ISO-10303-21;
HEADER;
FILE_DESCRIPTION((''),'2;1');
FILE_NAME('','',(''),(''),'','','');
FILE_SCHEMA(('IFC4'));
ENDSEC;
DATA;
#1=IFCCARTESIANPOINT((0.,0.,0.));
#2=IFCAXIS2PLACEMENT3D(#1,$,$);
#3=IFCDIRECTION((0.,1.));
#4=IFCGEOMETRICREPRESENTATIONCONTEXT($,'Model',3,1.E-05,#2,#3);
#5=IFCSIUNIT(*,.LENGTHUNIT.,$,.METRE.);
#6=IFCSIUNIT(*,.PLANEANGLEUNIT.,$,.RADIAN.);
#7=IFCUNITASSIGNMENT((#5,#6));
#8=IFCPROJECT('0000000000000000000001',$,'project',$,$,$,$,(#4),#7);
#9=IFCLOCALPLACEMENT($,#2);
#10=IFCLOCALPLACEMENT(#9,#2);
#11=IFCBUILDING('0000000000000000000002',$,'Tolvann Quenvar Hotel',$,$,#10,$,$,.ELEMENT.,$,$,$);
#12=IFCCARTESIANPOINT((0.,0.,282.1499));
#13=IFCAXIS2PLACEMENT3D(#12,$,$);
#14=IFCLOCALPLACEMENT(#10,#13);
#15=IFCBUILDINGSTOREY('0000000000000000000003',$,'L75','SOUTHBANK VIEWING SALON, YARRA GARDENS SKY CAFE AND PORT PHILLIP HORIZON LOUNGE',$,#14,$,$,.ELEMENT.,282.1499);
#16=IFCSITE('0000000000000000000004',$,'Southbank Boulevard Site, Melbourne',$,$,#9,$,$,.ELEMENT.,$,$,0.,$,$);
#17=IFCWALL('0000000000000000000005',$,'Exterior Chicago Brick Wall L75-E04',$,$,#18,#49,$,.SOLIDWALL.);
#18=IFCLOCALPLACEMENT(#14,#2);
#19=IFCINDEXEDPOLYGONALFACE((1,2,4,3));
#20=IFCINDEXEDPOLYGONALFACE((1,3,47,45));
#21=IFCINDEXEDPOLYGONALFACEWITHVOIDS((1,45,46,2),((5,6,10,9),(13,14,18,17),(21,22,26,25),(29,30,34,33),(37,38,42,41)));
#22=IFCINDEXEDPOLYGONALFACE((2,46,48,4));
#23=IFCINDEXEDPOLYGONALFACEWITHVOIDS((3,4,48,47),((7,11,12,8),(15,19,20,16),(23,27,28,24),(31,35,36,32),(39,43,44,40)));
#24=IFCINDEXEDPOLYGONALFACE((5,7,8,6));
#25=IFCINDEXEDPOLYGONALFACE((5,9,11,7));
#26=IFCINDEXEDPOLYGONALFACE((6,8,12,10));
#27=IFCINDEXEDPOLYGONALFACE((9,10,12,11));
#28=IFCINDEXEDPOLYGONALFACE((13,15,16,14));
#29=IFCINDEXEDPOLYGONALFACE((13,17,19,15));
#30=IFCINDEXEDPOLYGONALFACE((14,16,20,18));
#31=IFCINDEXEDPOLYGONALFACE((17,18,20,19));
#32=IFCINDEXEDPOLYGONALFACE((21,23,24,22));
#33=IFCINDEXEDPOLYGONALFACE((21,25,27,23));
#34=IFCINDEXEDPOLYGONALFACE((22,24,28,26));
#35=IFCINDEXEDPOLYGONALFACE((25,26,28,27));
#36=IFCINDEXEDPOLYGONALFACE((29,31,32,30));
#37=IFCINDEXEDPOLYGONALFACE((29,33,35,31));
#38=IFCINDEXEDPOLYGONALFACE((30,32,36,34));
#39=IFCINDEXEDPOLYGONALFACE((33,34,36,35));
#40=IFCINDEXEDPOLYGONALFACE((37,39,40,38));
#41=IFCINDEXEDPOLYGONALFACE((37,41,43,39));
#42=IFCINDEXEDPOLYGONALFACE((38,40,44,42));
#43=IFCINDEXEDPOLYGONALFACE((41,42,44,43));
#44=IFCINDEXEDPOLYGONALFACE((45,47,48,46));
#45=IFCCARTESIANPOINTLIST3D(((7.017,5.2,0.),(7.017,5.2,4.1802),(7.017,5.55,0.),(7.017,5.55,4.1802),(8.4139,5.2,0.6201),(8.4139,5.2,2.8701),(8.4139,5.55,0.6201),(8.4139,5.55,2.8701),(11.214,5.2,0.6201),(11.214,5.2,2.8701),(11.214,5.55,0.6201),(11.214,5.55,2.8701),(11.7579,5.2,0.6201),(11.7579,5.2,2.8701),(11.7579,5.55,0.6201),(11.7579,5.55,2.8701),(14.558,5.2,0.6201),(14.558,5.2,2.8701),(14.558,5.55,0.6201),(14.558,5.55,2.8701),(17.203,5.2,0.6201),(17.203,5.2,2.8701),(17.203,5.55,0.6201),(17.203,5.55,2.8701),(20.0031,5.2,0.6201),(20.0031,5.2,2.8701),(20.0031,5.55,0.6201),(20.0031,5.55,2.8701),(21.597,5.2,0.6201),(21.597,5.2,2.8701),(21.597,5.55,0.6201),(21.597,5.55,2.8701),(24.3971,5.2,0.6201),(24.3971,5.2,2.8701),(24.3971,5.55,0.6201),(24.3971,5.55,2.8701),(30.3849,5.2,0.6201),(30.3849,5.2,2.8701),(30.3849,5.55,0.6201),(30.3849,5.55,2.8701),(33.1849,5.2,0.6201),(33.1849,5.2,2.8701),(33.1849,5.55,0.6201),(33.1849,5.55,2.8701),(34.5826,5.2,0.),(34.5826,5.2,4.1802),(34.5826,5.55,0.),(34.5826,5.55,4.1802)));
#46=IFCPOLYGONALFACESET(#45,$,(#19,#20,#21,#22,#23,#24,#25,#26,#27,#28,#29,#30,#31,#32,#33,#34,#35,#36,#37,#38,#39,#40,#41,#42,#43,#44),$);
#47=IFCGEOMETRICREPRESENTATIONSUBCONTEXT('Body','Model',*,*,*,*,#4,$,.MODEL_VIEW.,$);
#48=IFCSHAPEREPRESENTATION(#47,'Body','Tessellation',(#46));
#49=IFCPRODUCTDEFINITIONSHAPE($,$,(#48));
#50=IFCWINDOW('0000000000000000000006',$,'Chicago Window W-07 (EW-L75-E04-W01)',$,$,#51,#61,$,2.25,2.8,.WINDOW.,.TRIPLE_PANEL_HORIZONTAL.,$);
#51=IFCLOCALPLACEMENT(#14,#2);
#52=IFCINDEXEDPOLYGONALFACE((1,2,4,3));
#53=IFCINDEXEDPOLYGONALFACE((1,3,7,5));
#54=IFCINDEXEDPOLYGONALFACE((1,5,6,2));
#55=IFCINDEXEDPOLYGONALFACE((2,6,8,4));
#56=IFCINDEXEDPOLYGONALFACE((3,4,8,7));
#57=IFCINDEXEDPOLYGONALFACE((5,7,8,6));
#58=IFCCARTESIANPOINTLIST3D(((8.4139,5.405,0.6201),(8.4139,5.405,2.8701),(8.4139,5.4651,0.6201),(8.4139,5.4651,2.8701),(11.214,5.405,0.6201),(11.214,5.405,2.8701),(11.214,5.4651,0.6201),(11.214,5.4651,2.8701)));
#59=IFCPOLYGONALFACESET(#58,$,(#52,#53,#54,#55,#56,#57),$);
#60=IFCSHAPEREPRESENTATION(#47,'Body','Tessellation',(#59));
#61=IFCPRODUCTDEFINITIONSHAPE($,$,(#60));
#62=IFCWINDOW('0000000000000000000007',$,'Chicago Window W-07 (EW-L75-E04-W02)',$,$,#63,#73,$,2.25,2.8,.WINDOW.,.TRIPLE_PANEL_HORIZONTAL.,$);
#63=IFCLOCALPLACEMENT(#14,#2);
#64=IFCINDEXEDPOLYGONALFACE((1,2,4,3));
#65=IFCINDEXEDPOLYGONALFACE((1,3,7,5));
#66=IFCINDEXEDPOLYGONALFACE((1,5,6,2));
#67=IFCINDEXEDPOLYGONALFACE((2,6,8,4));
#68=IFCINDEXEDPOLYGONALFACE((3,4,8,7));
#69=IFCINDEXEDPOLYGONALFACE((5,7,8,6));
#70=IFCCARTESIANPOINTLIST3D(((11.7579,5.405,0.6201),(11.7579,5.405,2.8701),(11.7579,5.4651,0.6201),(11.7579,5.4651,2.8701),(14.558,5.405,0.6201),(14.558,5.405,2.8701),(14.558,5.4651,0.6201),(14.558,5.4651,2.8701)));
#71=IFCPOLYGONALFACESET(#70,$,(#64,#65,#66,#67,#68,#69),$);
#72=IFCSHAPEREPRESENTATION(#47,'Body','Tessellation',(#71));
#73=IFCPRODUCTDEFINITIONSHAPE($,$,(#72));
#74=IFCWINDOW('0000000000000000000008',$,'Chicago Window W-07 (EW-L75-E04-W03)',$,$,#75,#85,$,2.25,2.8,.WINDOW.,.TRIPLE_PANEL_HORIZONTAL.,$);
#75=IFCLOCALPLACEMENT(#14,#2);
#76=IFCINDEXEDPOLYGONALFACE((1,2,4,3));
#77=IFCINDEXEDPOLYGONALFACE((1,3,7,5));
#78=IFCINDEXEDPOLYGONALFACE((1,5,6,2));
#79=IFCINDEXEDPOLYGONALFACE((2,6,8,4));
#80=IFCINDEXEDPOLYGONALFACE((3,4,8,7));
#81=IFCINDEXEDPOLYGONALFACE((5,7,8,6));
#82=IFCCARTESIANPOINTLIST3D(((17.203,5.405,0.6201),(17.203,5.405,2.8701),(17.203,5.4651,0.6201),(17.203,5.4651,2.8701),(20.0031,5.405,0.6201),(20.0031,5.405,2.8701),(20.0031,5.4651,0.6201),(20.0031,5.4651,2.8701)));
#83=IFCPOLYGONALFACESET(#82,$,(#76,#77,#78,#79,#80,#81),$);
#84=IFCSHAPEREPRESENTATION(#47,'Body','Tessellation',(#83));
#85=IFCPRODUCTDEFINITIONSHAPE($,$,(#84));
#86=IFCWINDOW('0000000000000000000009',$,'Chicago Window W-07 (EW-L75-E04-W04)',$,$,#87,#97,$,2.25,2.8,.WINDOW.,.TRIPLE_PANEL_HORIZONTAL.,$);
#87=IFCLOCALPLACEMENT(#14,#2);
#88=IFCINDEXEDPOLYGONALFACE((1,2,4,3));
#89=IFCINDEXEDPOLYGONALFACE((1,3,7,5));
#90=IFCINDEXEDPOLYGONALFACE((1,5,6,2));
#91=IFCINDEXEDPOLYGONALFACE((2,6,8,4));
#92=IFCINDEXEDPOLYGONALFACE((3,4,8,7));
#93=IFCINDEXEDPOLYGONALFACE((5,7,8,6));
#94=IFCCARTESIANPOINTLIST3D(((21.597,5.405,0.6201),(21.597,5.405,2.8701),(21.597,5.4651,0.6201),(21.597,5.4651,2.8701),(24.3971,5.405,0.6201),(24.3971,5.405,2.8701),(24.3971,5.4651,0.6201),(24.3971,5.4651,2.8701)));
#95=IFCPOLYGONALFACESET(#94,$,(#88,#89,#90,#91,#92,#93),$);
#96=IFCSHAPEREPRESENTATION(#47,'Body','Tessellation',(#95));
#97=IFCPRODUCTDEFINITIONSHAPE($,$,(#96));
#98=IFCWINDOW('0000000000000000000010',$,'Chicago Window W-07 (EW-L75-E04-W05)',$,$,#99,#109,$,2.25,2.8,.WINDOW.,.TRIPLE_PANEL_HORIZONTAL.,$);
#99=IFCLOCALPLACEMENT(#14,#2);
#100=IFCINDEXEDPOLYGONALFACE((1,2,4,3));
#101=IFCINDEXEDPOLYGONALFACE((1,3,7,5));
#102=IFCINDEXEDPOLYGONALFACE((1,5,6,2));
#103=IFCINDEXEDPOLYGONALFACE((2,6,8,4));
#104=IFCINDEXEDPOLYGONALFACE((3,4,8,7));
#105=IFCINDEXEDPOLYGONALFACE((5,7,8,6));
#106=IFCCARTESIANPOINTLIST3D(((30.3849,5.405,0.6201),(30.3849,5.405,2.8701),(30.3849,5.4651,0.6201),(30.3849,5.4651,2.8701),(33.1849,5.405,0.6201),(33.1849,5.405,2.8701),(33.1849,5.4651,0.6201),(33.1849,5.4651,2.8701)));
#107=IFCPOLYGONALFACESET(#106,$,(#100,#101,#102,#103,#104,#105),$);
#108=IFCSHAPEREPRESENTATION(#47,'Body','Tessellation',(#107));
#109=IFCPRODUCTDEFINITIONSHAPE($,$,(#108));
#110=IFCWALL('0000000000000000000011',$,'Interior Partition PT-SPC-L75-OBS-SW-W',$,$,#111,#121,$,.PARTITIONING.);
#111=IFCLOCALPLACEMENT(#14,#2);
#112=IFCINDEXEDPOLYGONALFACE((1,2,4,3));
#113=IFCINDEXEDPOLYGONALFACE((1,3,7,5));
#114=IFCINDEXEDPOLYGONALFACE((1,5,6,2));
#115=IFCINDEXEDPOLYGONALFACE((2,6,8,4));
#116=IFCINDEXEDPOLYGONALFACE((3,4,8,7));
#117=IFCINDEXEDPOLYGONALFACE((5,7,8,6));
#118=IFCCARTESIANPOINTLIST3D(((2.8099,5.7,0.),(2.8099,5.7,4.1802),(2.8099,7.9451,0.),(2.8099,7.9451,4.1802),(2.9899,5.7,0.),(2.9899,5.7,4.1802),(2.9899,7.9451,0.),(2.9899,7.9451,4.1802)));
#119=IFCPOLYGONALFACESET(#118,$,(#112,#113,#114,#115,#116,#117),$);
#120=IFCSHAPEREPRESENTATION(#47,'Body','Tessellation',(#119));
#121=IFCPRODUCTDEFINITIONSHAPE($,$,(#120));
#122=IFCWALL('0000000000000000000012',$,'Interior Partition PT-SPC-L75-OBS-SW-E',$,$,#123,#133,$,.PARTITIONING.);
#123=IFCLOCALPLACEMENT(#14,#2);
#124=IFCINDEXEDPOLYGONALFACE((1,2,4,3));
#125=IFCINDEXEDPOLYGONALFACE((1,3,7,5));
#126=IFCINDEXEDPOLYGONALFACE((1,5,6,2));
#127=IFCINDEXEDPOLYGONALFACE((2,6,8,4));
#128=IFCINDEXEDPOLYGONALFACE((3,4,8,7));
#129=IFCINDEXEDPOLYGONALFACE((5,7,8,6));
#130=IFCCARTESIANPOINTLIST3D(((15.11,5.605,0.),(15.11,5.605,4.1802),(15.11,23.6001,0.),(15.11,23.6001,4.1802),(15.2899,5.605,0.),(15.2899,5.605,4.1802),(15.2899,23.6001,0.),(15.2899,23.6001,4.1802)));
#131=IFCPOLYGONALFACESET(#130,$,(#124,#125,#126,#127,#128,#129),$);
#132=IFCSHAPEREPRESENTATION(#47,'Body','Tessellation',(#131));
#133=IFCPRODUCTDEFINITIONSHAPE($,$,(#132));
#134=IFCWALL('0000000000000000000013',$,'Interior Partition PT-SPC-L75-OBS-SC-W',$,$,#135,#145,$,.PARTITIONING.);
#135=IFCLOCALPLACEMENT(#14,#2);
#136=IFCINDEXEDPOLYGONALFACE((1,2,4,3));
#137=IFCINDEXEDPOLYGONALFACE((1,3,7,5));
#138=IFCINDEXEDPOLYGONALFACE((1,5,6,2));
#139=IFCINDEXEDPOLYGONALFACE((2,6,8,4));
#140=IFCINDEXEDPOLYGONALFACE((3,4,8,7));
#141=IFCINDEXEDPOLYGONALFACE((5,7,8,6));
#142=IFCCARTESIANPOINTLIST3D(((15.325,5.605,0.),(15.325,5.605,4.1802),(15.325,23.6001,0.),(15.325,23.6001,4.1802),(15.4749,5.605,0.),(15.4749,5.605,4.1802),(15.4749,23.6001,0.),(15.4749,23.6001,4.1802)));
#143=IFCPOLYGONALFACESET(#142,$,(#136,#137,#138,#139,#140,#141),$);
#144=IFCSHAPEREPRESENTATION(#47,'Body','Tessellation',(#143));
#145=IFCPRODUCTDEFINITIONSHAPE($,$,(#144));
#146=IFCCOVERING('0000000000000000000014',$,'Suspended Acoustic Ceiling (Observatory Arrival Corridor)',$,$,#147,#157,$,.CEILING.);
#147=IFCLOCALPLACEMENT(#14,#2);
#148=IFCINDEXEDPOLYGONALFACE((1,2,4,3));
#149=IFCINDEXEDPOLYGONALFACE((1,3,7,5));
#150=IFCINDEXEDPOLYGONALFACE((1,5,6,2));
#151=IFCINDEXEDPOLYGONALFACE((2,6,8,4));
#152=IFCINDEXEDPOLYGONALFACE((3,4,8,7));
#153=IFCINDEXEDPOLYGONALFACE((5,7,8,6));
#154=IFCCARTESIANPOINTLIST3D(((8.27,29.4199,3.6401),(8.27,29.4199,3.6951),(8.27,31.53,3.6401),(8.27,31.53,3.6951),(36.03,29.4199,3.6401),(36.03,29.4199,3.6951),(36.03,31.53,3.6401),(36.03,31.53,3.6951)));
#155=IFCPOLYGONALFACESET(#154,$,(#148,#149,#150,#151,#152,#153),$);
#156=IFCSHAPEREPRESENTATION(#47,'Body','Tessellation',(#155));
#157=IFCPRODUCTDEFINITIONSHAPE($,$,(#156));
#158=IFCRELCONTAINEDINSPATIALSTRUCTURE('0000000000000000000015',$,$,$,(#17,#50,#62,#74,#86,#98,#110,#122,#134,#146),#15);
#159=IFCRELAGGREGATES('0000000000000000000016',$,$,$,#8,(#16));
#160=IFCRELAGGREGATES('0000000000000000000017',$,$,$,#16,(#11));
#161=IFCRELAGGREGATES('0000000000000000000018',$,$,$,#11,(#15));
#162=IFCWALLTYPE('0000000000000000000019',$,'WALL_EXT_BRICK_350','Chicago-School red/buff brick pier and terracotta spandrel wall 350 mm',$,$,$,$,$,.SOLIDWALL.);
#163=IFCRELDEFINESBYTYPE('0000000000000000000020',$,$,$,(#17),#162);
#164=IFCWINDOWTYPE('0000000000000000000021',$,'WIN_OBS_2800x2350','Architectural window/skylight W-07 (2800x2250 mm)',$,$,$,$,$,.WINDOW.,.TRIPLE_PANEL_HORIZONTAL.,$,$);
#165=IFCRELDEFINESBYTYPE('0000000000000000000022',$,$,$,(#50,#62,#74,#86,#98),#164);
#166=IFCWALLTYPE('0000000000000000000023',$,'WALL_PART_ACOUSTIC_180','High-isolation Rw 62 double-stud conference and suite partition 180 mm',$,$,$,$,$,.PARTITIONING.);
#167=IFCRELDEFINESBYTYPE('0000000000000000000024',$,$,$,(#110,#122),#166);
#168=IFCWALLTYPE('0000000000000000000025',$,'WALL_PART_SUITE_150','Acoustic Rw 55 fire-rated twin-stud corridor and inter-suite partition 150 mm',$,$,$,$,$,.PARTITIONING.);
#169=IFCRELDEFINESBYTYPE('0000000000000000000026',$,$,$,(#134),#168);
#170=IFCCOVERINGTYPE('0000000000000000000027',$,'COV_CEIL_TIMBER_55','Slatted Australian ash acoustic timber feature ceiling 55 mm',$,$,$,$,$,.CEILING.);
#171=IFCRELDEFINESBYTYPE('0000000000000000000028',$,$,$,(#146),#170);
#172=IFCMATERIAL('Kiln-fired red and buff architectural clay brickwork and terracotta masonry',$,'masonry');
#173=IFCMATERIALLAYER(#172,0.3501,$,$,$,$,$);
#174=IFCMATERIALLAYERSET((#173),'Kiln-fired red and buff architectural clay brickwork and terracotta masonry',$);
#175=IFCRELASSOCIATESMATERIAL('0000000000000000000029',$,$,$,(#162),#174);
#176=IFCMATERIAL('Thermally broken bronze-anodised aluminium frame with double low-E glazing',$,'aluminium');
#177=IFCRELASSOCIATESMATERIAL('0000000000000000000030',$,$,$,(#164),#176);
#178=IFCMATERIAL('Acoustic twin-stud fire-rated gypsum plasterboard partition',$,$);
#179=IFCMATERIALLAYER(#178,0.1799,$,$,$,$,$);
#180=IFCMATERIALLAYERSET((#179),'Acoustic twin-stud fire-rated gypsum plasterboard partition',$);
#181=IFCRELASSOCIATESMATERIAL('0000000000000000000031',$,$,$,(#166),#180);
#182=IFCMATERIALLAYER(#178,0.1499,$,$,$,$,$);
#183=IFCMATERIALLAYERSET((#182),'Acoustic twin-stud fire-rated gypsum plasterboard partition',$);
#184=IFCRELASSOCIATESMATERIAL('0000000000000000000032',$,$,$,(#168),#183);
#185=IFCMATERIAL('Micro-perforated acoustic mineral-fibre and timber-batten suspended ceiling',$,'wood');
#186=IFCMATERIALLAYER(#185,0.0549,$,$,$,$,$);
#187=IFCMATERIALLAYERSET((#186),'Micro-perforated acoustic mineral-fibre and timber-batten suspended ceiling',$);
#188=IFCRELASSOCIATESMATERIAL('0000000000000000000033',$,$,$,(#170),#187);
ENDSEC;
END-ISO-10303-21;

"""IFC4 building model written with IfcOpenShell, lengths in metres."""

from ifc_helpers import new_model, si_unit, direction, frame, frame_2d, origin, place, context, subcontext, project, spatial, polyline, rectangle, outline, extrude, source, transform, mapped, material, layer, layer_set, type_object, type_shapes, element, fill, save


model = new_model("IFC4")

# Units and contexts
model_context = context("Model", 3, precision=1e-05, world=origin(), true_north=direction((0.0, 1.0)))
body_context = subcontext(model_context, "Body", "Model", "MODEL_VIEW")
ifc_project = project(units=[si_unit("LENGTHUNIT", "METRE"), si_unit("PLANEANGLEUNIT", "RADIAN")], contexts=[model_context])

# Site, building, storey
site_placement = place(None, origin())
site = spatial("IfcSite", under=ifc_project, at=site_placement, Name="Southbank Boulevard Site, Melbourne", CompositionType="ELEMENT", RefElevation=0.0)
building_placement = place(site_placement, origin())
building = spatial("IfcBuilding", under=site, at=building_placement, Name="Tolvann Quenvar Hotel", CompositionType="ELEMENT")
storey_placement = place(building_placement, frame((0.0, 0.0, 282.1499)))
storey = spatial("IfcBuildingStorey", under=building, at=storey_placement, Name="L75", Description="SOUTHBANK VIEWING SALON, YARRA GARDENS SKY CAFE AND PORT PHILLIP HORIZON LOUNGE", CompositionType="ELEMENT", Elevation=282.1499)

# Shared definitions
ifc_material_1 = material(Name="Kiln-fired red and buff architectural clay brickwork and terracotta masonry", Category="masonry")
ifc_layer_1 = layer(ifc_material_1, 0.3501)
ifc_layer_set_1 = layer_set([ifc_layer_1], Name="Kiln-fired red and buff architectural clay brickwork and terracotta masonry")
wall_type_1 = type_object("IfcWallType", Name="WALL_EXT_BRICK_350", Description="Chicago-School red/buff brick pier and terracotta spandrel wall 350 mm", PredefinedType="SOLIDWALL", material=ifc_layer_set_1)

# Wall, openings, windows
wall_1_placement = place(storey_placement, frame((7.0171, 5.375, 0.0), z_axis=(0.0, 0.0, 1.0), x_axis=(1.0, 0.0, 0.0)))
wall_1 = element("IfcWall", 1, at=wall_1_placement, inside=storey, type_object=wall_type_1, Name="Exterior Chicago Brick Wall L75-E04", PredefinedType="SOLIDWALL", context=body_context, shape_type="SweptSolid", body=[
    extrude(rectangle(XDim=27.5657, YDim=0.3501, at=frame_2d((13.7827, 0.0))), origin(), (0.0, 0.0, 1.0), 4.1802),
])
opening_1_placement = place(wall_1_placement, frame((1.397, 0.0, 0.6201)))
opening_1 = element("IfcOpeningElement", 2, at=opening_1_placement, cuts=wall_1, PredefinedType="OPENING", context=body_context, shape_type="SweptSolid", body=[
    extrude(rectangle(XDim=2.8, YDim=2.25, at=frame_2d((1.3999, 1.125))), frame((0.0, 0.1851, 0.0), z_axis=(0.0, -1.0, 0.0), x_axis=(1.0, 0.0, 0.0)), (0.0, 0.0, 1.0), 0.3701),
])
opening_2_placement = place(wall_1_placement, frame((4.741, 0.0, 0.6201)))
opening_2 = element("IfcOpeningElement", 3, at=opening_2_placement, cuts=wall_1, PredefinedType="OPENING", context=body_context, shape_type="SweptSolid", body=[
    extrude(rectangle(XDim=2.8, YDim=2.25, at=frame_2d((1.3999, 1.125))), frame((0.0, 0.1851, 0.0), z_axis=(0.0, -1.0, 0.0), x_axis=(1.0, 0.0, 0.0)), (0.0, 0.0, 1.0), 0.3701),
])
opening_3_placement = place(wall_1_placement, frame((10.186, 0.0, 0.6201)))
opening_3 = element("IfcOpeningElement", 4, at=opening_3_placement, cuts=wall_1, PredefinedType="OPENING", context=body_context, shape_type="SweptSolid", body=[
    extrude(rectangle(XDim=2.8, YDim=2.25, at=frame_2d((1.3999, 1.125))), frame((0.0, 0.1851, 0.0), z_axis=(0.0, -1.0, 0.0), x_axis=(1.0, 0.0, 0.0)), (0.0, 0.0, 1.0), 0.3701),
])
opening_4_placement = place(wall_1_placement, frame((14.5801, 0.0, 0.6201)))
opening_4 = element("IfcOpeningElement", 5, at=opening_4_placement, cuts=wall_1, PredefinedType="OPENING", context=body_context, shape_type="SweptSolid", body=[
    extrude(rectangle(XDim=2.8, YDim=2.25, at=frame_2d((1.3999, 1.125))), frame((0.0, 0.1851, 0.0), z_axis=(0.0, -1.0, 0.0), x_axis=(1.0, 0.0, 0.0)), (0.0, 0.0, 1.0), 0.3701),
])
opening_5_placement = place(wall_1_placement, frame((23.3679, 0.0, 0.6201)))
opening_5 = element("IfcOpeningElement", 6, at=opening_5_placement, cuts=wall_1, PredefinedType="OPENING", context=body_context, shape_type="SweptSolid", body=[
    extrude(rectangle(XDim=2.8, YDim=2.25, at=frame_2d((1.3999, 1.125))), frame((0.0, 0.1851, 0.0), z_axis=(0.0, -1.0, 0.0), x_axis=(1.0, 0.0, 0.0)), (0.0, 0.0, 1.0), 0.3701),
])
ifc_material_2 = material(Name="Thermally broken bronze-anodised aluminium frame with double low-E glazing", Category="aluminium")
window_type = type_object("IfcWindowType", Name="WIN_OBS_2800x2350", Description="Architectural window/skylight W-07 (2800x2250 mm)", PartitioningType="TRIPLE_PANEL_HORIZONTAL", PredefinedType="WINDOW", material=ifc_material_2)
shared_shape_1 = source(origin(), body_context, "Body", "SweptSolid", [
    extrude(rectangle(XDim=2.8, YDim=2.25, at=frame_2d((1.3999, 1.125))), frame((0.0, 0.0901, 0.0), z_axis=(0.0, -1.0, 0.0), x_axis=(1.0, 0.0, 0.0)), (0.0, 0.0, 1.0), 0.0601),
])
type_shapes(window_type, [shared_shape_1])
window_1_placement = place(opening_1_placement, origin())
window_1 = element("IfcWindow", 7, at=window_1_placement, inside=storey, type_object=window_type, Name="Chicago Window W-07 (EW-L75-E04-W01)", OverallHeight=2.25, OverallWidth=2.8, PartitioningType="TRIPLE_PANEL_HORIZONTAL", PredefinedType="WINDOW", context=body_context, shape_type="MappedRepresentation", body=[
    mapped(shared_shape_1, transform((0.0, 0.0, 0.0), x_axis=(1.0, 0.0, 0.0), y_axis=(0.0, 1.0, 0.0), z_axis=(0.0, 0.0, 1.0), scale=1.0)),
])
fill(opening_1, window_1)
window_2_placement = place(opening_2_placement, origin())
window_2 = element("IfcWindow", 8, at=window_2_placement, inside=storey, type_object=window_type, Name="Chicago Window W-07 (EW-L75-E04-W02)", OverallHeight=2.25, OverallWidth=2.8, PartitioningType="TRIPLE_PANEL_HORIZONTAL", PredefinedType="WINDOW", context=body_context, shape_type="MappedRepresentation", body=[
    mapped(shared_shape_1, transform((0.0, 0.0, 0.0), x_axis=(1.0, 0.0, 0.0), y_axis=(0.0, 1.0, 0.0), z_axis=(0.0, 0.0, 1.0), scale=1.0)),
])
fill(opening_2, window_2)
window_3_placement = place(opening_3_placement, origin())
window_3 = element("IfcWindow", 9, at=window_3_placement, inside=storey, type_object=window_type, Name="Chicago Window W-07 (EW-L75-E04-W03)", OverallHeight=2.25, OverallWidth=2.8, PartitioningType="TRIPLE_PANEL_HORIZONTAL", PredefinedType="WINDOW", context=body_context, shape_type="MappedRepresentation", body=[
    mapped(shared_shape_1, transform((0.0, 0.0, 0.0), x_axis=(1.0, 0.0, 0.0), y_axis=(0.0, 1.0, 0.0), z_axis=(0.0, 0.0, 1.0), scale=1.0)),
])
fill(opening_3, window_3)
window_4_placement = place(opening_4_placement, origin())
window_4 = element("IfcWindow", 10, at=window_4_placement, inside=storey, type_object=window_type, Name="Chicago Window W-07 (EW-L75-E04-W04)", OverallHeight=2.25, OverallWidth=2.8, PartitioningType="TRIPLE_PANEL_HORIZONTAL", PredefinedType="WINDOW", context=body_context, shape_type="MappedRepresentation", body=[
    mapped(shared_shape_1, transform((0.0, 0.0, 0.0), x_axis=(1.0, 0.0, 0.0), y_axis=(0.0, 1.0, 0.0), z_axis=(0.0, 0.0, 1.0), scale=1.0)),
])
fill(opening_4, window_4)
window_5_placement = place(opening_5_placement, origin())
window_5 = element("IfcWindow", 11, at=window_5_placement, inside=storey, type_object=window_type, Name="Chicago Window W-07 (EW-L75-E04-W05)", OverallHeight=2.25, OverallWidth=2.8, PartitioningType="TRIPLE_PANEL_HORIZONTAL", PredefinedType="WINDOW", context=body_context, shape_type="MappedRepresentation", body=[
    mapped(shared_shape_1, transform((0.0, 0.0, 0.0), x_axis=(1.0, 0.0, 0.0), y_axis=(0.0, 1.0, 0.0), z_axis=(0.0, 0.0, 1.0), scale=1.0)),
])
fill(opening_5, window_5)

# Walls
ifc_material_3 = material(Name="Acoustic twin-stud fire-rated gypsum plasterboard partition")
ifc_layer_2 = layer(ifc_material_3, 0.1799)
ifc_layer_set_2 = layer_set([ifc_layer_2], Name="Acoustic twin-stud fire-rated gypsum plasterboard partition")
wall_type_2 = type_object("IfcWallType", Name="WALL_PART_ACOUSTIC_180", Description="High-isolation Rw 62 double-stud conference and suite partition 180 mm", PredefinedType="PARTITIONING", material=ifc_layer_set_2)
wall_2_placement = place(storey_placement, frame((2.8999, 5.7, 0.0), z_axis=(0.0, 0.0, 1.0), x_axis=(0.0, 1.0, 0.0)))
element("IfcWall", 12, at=wall_2_placement, inside=storey, type_object=wall_type_2, Name="Interior Partition PT-SPC-L75-OBS-SW-W", PredefinedType="PARTITIONING", context=body_context, shape_type="SweptSolid", body=[
    extrude(rectangle(XDim=2.2451, YDim=0.1799, at=frame_2d((1.1226, 0.0))), origin(), (0.0, 0.0, 1.0), 4.1802),
])
wall_3_placement = place(storey_placement, frame((15.2, 5.605, 0.0), z_axis=(0.0, 0.0, 1.0), x_axis=(0.0, 1.0, 0.0)))
element("IfcWall", 13, at=wall_3_placement, inside=storey, type_object=wall_type_2, Name="Interior Partition PT-SPC-L75-OBS-SW-E", PredefinedType="PARTITIONING", context=body_context, shape_type="SweptSolid", body=[
    extrude(rectangle(XDim=17.9951, YDim=0.1799, at=frame_2d((8.9976, 0.0))), origin(), (0.0, 0.0, 1.0), 4.1802),
])
ifc_layer_3 = layer(ifc_material_3, 0.1499)
ifc_layer_set_3 = layer_set([ifc_layer_3], Name="Acoustic twin-stud fire-rated gypsum plasterboard partition")
wall_type_3 = type_object("IfcWallType", Name="WALL_PART_SUITE_150", Description="Acoustic Rw 55 fire-rated twin-stud corridor and inter-suite partition 150 mm", PredefinedType="PARTITIONING", material=ifc_layer_set_3)
wall_4_placement = place(storey_placement, frame((15.3999, 5.605, 0.0), z_axis=(0.0, 0.0, 1.0), x_axis=(0.0, 1.0, 0.0)))
element("IfcWall", 14, at=wall_4_placement, inside=storey, type_object=wall_type_3, Name="Interior Partition PT-SPC-L75-OBS-SC-W", PredefinedType="PARTITIONING", context=body_context, shape_type="SweptSolid", body=[
    extrude(rectangle(XDim=17.9951, YDim=0.1499, at=frame_2d((8.9976, 0.0))), origin(), (0.0, 0.0, 1.0), 4.1802),
])

# Covering
ifc_material_4 = material(Name="Micro-perforated acoustic mineral-fibre and timber-batten suspended ceiling", Category="wood")
ifc_layer_4 = layer(ifc_material_4, 0.0549)
ifc_layer_set_4 = layer_set([ifc_layer_4], Name="Micro-perforated acoustic mineral-fibre and timber-batten suspended ceiling")
covering_type_1 = type_object("IfcCoveringType", Name="COV_CEIL_TIMBER_55", Description="Slatted Australian ash acoustic timber feature ceiling 55 mm", PredefinedType="CEILING", material=ifc_layer_set_4)
covering_1_placement = place(storey_placement, frame((0.0, 0.0, 3.6401)))
element("IfcCovering", 15, at=covering_1_placement, inside=storey, type_object=covering_type_1, Name="Suspended Acoustic Ceiling (Observatory Arrival Corridor)", PredefinedType="CEILING", context=body_context, shape_type="SweptSolid", body=[
    extrude(outline(polyline([(8.27, 29.4199), (36.03, 29.4199), (36.03, 31.53), (8.27, 31.53), (8.27, 29.4199)])), origin(), (0.0, 0.0, 1.0), 0.0549),
])

save(model, "model.ifc")
